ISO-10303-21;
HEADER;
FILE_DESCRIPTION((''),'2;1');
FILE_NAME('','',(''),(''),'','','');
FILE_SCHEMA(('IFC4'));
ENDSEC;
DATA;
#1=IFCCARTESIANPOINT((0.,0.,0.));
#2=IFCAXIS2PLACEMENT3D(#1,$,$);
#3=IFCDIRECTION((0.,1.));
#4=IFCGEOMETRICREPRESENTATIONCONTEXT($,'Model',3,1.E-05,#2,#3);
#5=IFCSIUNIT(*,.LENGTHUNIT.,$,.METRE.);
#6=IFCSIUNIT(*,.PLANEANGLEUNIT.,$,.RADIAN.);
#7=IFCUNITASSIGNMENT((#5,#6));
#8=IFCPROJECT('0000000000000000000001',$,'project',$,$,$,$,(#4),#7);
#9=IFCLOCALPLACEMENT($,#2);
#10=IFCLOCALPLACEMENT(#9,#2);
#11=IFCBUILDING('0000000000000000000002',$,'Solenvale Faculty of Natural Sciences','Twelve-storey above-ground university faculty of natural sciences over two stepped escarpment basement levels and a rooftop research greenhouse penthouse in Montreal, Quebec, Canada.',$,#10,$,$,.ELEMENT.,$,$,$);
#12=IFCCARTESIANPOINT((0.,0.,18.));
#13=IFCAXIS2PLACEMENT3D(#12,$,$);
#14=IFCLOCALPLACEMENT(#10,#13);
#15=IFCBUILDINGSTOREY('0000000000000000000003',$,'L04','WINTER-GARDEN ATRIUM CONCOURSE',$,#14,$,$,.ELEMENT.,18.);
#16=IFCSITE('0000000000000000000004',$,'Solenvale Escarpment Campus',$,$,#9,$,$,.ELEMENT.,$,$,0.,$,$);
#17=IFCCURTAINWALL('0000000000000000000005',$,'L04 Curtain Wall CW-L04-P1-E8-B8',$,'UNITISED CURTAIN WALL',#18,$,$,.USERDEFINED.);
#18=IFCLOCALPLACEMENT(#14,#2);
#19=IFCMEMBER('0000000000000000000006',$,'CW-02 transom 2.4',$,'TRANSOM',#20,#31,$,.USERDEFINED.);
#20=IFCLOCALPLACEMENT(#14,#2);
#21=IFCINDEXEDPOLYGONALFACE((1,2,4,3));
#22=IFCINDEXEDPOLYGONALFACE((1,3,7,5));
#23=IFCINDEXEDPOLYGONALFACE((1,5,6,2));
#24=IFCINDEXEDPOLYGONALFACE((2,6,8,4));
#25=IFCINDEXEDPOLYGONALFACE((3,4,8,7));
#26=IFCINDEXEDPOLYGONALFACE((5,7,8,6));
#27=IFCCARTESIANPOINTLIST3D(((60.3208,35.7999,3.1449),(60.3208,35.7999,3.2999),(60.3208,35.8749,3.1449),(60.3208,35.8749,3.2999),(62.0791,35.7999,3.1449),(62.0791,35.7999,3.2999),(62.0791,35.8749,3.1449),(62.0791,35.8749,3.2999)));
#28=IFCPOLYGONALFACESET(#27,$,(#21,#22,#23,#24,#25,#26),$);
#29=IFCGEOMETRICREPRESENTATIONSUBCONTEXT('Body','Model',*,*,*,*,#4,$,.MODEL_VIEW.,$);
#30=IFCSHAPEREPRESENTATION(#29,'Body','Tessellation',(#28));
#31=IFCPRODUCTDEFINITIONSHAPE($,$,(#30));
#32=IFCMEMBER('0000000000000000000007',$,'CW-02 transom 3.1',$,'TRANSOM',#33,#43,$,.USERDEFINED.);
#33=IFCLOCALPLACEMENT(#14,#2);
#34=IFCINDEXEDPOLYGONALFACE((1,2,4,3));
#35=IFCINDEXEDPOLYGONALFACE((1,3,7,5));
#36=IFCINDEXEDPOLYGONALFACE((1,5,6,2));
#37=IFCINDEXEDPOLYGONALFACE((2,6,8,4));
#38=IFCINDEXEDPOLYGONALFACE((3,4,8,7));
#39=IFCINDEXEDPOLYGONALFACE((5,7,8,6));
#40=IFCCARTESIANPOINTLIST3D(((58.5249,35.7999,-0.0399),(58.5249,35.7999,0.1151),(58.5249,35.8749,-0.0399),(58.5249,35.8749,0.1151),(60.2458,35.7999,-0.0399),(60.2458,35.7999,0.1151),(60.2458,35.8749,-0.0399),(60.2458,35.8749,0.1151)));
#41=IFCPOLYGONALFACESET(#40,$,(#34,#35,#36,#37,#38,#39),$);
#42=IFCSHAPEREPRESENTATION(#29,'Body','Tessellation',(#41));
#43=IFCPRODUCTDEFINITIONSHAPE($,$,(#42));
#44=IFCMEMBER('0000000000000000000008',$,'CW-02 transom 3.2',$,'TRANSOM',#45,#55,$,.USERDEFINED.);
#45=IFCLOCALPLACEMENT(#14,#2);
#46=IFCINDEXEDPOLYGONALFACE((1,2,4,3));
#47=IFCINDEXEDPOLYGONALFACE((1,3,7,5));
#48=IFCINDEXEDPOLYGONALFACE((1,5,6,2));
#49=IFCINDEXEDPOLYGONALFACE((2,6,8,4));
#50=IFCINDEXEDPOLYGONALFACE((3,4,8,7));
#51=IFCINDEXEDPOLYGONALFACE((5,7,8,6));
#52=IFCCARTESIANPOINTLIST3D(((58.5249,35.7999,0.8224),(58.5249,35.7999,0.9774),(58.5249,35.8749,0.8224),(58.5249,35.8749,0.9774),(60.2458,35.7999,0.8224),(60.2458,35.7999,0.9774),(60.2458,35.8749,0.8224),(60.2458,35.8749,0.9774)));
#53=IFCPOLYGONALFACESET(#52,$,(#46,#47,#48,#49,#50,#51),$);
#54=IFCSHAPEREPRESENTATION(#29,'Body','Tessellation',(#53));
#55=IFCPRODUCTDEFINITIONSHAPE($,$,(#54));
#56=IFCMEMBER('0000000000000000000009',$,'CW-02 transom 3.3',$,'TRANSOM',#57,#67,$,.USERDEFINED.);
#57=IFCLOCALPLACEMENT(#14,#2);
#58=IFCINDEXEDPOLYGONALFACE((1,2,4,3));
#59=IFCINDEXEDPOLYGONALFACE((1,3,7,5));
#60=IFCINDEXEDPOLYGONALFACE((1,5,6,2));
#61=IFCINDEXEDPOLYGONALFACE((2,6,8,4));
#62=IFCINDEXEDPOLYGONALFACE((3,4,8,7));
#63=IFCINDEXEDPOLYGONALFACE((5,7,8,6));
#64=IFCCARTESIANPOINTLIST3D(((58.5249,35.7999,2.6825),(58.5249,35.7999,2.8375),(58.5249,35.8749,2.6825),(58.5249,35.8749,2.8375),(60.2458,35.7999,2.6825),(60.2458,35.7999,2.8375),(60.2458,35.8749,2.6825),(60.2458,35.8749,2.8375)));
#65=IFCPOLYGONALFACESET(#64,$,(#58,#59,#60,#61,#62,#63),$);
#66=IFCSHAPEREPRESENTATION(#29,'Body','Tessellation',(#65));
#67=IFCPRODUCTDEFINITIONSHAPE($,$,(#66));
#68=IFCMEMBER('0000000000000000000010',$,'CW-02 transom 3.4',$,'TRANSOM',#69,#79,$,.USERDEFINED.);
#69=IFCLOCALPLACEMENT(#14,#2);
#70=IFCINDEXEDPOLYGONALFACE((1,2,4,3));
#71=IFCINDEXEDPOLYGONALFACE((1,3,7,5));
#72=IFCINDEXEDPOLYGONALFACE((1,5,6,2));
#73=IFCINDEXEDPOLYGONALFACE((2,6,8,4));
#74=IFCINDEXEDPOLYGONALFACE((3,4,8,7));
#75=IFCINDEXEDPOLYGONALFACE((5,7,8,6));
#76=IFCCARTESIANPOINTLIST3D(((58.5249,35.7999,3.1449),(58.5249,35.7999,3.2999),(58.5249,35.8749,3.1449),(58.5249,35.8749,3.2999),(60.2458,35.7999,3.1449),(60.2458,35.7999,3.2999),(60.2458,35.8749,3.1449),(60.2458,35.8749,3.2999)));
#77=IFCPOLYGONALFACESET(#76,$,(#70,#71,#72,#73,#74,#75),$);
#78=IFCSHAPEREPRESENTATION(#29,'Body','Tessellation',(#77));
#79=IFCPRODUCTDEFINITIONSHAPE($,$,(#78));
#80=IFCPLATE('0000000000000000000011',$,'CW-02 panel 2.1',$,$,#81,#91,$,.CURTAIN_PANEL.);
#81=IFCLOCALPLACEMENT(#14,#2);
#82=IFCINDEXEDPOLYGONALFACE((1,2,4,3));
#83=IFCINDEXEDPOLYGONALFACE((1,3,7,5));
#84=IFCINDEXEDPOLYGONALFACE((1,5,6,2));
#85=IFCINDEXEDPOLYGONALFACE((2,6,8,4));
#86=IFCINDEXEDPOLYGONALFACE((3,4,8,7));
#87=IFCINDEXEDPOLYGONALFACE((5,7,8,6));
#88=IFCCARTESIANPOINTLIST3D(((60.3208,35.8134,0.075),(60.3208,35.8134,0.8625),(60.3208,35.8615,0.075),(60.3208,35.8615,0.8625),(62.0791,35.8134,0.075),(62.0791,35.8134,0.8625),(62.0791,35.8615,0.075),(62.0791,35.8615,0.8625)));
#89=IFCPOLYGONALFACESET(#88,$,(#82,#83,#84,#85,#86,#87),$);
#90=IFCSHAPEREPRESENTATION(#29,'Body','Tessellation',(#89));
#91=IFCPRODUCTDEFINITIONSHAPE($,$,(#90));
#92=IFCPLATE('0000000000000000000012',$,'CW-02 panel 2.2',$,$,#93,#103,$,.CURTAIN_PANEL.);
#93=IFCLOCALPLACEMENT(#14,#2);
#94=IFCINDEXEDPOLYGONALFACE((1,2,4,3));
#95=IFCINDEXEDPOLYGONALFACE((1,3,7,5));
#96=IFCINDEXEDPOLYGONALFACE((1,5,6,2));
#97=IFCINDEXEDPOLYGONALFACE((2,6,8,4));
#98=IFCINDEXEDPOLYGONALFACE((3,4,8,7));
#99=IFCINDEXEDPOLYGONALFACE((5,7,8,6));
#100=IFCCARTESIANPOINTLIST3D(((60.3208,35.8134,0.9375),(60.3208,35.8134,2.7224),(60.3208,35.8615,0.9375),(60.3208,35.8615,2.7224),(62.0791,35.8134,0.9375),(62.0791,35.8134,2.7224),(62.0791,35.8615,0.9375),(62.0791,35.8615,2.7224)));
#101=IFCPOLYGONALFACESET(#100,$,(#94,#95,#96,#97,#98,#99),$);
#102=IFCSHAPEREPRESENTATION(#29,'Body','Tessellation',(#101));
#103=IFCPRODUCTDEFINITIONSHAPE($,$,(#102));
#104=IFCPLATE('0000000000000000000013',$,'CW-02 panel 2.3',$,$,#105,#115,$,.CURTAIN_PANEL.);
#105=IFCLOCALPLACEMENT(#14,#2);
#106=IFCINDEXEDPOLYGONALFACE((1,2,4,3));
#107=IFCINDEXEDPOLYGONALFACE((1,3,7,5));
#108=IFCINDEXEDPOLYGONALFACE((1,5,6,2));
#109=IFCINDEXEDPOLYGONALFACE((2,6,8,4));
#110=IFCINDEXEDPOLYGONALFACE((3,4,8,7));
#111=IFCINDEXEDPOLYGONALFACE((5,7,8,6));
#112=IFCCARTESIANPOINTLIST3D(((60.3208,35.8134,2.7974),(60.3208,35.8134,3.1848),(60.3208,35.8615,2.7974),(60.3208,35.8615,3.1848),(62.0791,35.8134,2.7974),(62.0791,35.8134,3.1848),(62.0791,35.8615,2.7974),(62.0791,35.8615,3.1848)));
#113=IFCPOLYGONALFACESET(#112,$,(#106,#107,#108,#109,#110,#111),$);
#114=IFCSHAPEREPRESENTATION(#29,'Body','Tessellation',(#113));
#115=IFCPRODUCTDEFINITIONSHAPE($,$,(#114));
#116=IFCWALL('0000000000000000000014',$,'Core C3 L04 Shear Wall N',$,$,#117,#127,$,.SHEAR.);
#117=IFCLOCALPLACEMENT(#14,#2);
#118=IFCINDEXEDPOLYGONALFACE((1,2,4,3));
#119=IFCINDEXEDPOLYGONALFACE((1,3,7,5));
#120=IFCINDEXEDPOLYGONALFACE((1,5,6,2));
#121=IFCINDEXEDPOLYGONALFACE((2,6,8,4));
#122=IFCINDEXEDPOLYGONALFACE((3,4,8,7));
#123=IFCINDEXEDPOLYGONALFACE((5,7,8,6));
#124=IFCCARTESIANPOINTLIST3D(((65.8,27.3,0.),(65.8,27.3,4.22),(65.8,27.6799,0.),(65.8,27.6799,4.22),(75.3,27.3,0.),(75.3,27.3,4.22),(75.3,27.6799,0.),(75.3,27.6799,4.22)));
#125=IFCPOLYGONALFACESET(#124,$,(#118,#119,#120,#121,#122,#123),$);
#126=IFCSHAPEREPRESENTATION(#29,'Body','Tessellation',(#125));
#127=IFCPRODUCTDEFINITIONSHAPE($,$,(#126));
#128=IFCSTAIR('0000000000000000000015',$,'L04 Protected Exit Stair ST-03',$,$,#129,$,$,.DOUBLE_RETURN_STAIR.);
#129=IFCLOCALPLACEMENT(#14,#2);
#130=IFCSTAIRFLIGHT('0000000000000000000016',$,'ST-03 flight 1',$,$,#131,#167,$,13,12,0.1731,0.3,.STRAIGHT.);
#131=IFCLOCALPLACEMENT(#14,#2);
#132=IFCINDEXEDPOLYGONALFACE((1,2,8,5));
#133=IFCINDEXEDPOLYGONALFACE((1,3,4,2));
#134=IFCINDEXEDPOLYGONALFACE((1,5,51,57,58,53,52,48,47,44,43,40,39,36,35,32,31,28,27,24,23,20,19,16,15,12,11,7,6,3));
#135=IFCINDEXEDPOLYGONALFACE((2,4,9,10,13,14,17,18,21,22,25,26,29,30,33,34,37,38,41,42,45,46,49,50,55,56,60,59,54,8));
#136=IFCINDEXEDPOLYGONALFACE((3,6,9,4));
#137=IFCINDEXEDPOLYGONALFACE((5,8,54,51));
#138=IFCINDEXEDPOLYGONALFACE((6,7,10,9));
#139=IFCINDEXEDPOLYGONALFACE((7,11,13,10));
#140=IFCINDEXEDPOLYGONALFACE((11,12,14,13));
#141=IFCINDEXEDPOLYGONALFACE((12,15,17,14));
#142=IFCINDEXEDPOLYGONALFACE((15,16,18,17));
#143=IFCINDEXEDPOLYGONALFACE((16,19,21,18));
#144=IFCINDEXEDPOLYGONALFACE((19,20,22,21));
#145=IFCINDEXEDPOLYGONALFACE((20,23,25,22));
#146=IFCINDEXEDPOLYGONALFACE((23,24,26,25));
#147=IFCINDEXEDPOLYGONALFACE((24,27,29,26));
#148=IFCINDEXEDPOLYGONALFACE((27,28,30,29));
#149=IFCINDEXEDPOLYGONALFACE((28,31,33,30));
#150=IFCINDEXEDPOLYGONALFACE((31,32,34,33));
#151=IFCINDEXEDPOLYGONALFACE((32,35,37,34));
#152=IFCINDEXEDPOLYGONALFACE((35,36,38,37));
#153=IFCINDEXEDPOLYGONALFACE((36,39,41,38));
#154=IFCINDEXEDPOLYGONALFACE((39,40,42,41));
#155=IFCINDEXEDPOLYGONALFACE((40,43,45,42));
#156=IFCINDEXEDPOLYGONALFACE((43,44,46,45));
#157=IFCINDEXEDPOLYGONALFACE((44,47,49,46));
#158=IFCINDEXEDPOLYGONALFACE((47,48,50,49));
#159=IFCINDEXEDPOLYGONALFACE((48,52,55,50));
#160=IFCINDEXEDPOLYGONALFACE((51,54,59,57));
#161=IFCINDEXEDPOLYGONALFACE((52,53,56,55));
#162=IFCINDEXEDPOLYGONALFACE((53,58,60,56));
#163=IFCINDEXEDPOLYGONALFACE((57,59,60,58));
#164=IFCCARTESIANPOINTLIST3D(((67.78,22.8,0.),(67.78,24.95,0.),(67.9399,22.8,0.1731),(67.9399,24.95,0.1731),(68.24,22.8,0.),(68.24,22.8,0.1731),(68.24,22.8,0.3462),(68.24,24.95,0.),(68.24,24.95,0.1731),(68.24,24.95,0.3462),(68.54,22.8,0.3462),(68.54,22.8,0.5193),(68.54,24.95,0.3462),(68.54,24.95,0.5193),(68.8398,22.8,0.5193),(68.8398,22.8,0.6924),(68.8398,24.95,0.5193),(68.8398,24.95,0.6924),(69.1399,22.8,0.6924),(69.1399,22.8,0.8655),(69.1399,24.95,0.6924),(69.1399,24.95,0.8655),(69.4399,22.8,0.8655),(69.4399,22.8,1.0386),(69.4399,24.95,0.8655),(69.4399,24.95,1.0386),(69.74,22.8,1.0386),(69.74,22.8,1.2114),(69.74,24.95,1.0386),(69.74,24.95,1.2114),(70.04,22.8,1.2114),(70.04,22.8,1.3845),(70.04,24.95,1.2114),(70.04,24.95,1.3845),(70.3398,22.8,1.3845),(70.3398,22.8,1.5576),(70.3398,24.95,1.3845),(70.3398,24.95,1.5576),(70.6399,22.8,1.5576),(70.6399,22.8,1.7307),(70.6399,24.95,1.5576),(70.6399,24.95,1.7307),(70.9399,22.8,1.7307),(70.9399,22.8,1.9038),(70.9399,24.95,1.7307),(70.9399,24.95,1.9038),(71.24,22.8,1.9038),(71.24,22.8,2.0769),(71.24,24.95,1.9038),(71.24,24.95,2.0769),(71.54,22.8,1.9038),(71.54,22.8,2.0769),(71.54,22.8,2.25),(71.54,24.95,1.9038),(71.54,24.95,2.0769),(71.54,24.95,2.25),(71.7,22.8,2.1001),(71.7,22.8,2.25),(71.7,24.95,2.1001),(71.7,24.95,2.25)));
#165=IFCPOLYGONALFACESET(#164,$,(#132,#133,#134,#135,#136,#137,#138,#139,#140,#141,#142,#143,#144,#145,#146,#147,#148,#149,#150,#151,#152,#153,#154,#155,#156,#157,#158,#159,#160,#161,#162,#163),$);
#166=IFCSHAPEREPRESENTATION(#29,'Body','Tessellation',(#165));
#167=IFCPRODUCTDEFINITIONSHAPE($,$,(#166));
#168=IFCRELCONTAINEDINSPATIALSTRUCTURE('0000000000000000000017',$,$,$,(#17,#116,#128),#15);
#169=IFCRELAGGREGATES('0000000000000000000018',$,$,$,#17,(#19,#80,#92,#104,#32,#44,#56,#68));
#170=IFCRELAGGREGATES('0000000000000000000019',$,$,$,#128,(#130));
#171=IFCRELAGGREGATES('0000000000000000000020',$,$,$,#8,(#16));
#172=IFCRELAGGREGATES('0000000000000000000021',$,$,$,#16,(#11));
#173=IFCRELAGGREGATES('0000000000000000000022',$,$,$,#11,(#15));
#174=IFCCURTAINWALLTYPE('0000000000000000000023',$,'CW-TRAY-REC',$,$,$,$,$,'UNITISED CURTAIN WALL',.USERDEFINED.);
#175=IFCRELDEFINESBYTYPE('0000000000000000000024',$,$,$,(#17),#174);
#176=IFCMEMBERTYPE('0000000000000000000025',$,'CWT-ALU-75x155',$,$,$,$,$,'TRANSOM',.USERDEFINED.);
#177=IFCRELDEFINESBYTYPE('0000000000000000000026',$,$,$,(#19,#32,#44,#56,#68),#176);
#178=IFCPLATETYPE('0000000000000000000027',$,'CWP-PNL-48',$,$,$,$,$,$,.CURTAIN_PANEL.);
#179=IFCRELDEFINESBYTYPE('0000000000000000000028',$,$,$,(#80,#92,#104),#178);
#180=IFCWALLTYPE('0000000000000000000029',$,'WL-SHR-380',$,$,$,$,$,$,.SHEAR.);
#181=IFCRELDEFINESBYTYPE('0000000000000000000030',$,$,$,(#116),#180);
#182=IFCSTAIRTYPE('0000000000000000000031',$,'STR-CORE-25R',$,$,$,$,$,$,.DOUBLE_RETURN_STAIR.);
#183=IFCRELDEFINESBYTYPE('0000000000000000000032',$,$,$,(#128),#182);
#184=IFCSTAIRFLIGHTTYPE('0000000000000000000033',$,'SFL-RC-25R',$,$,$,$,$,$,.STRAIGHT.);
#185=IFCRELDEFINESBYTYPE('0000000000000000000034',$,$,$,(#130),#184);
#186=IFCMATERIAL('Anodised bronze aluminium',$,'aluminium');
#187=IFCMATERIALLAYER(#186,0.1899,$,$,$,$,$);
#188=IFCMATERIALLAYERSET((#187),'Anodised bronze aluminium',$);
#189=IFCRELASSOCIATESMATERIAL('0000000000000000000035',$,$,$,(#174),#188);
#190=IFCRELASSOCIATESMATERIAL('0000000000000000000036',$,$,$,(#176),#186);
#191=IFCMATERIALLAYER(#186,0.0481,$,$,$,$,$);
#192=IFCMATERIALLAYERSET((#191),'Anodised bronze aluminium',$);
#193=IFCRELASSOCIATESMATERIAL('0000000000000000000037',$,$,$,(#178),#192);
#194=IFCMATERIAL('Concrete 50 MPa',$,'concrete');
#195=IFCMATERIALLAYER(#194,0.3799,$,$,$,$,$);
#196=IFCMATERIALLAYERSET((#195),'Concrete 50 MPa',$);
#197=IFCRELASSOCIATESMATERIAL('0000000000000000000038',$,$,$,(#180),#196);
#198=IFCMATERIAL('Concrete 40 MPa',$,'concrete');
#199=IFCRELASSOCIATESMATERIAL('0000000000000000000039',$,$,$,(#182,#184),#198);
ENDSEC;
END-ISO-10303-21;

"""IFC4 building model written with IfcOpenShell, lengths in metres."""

from ifc_helpers import new_model, si_unit, direction, frame, frame_2d, origin, origin_2d, place, context, subcontext, project, spatial, polyline, rectangle, outline, extrude, material, layer, layer_set, material_profile, profile_set, type_object, element, aggregate, save


model = new_model("IFC4")

# Units and contexts
model_context = context("Model", 3, precision=1e-05, world=origin(), true_north=direction((0.0, 1.0)))
body_context = subcontext(model_context, "Body", "Model", "MODEL_VIEW")
ifc_project = project(units=[si_unit("LENGTHUNIT", "METRE"), si_unit("PLANEANGLEUNIT", "RADIAN")], contexts=[model_context])

# Site, building, storey
site_placement = place(None, origin())
site = spatial("IfcSite", under=ifc_project, at=site_placement, Name="Solenvale Escarpment Campus", CompositionType="ELEMENT", RefElevation=0.0)
building_placement = place(site_placement, origin())
building = spatial("IfcBuilding", under=site, at=building_placement, Name="Solenvale Faculty of Natural Sciences", Description="Twelve-storey above-ground university faculty of natural sciences over two stepped escarpment basement levels and a rooftop research greenhouse penthouse in Montreal, Quebec, Canada.", CompositionType="ELEMENT")
storey_placement = place(building_placement, frame((0.0, 0.0, 18.0)))
storey = spatial("IfcBuildingStorey", under=building, at=storey_placement, Name="L04", Description="WINTER-GARDEN ATRIUM CONCOURSE", CompositionType="ELEMENT", Elevation=18.0)

# Shared definitions
ifc_material_1 = material(Name="Concrete 50 MPa", Category="concrete")

# Shared definitions
ifc_material_2 = material(Name="Concrete 40 MPa", Category="concrete")

# Curtain wall, members, plates
ifc_material_3 = material(Name="Anodised bronze aluminium", Category="aluminium")
ifc_layer_1 = layer(ifc_material_3, 0.1899)
ifc_layer_set_1 = layer_set([ifc_layer_1], Name="Anodised bronze aluminium")
curtain_wall_type = type_object("IfcCurtainWallType", Name="CW-TRAY-REC", ElementType="UNITISED CURTAIN WALL", PredefinedType="USERDEFINED", material=ifc_layer_set_1)
curtain_wall_placement = place(storey_placement, origin())
curtain_wall = element("IfcCurtainWall", 1, at=curtain_wall_placement, inside=storey, type_object=curtain_wall_type, Name="L04 Curtain Wall CW-L04-P1-E8-B8", ObjectType="UNITISED CURTAIN WALL", PredefinedType="USERDEFINED")
ifc_material_profile_1 = material_profile(ifc_material_3, rectangle(XDim=0.075, YDim=0.155, at=origin_2d()), Name="ALU-TRN-75x155")
ifc_profile_set_1 = profile_set([ifc_material_profile_1], Name="Anodised bronze aluminium")
member_type_1 = type_object("IfcMemberType", Name="CWT-ALU-75x155", ElementType="TRANSOM", PredefinedType="USERDEFINED", material=ifc_profile_set_1)
member_1_placement = place(storey_placement, frame((62.0791, 35.8374, 3.2224), z_axis=(-1.0, 0.0, 0.0), x_axis=(0.0, -1.0, 0.0)))
member_1 = element("IfcMember", 2, at=member_1_placement, type_object=member_type_1, Name="CW-02 transom 2.4", ObjectType="TRANSOM", PredefinedType="USERDEFINED", context=body_context, shape_type="SweptSolid", body=[
    extrude(rectangle(XDim=0.075, YDim=0.155, at=origin_2d()), origin(), (0.0, 0.0, 1.0), 1.7583),
])
member_2_placement = place(storey_placement, frame((60.2458, 35.8374, 0.0376), z_axis=(-1.0, 0.0, 0.0), x_axis=(0.0, -1.0, 0.0)))
member_2 = element("IfcMember", 3, at=member_2_placement, type_object=member_type_1, Name="CW-02 transom 3.1", ObjectType="TRANSOM", PredefinedType="USERDEFINED", context=body_context, shape_type="SweptSolid", body=[
    extrude(rectangle(XDim=0.075, YDim=0.155, at=origin_2d()), origin(), (0.0, 0.0, 1.0), 1.7209),
])
member_3_placement = place(storey_placement, frame((60.2458, 35.8374, 0.8999), z_axis=(-1.0, 0.0, 0.0), x_axis=(0.0, -1.0, 0.0)))
member_3 = element("IfcMember", 4, at=member_3_placement, type_object=member_type_1, Name="CW-02 transom 3.2", ObjectType="TRANSOM", PredefinedType="USERDEFINED", context=body_context, shape_type="SweptSolid", body=[
    extrude(rectangle(XDim=0.075, YDim=0.155, at=origin_2d()), origin(), (0.0, 0.0, 1.0), 1.7209),
])
member_4_placement = place(storey_placement, frame((60.2458, 35.8374, 2.76), z_axis=(-1.0, 0.0, 0.0), x_axis=(0.0, -1.0, 0.0)))
member_4 = element("IfcMember", 5, at=member_4_placement, type_object=member_type_1, Name="CW-02 transom 3.3", ObjectType="TRANSOM", PredefinedType="USERDEFINED", context=body_context, shape_type="SweptSolid", body=[
    extrude(rectangle(XDim=0.075, YDim=0.155, at=origin_2d()), origin(), (0.0, 0.0, 1.0), 1.7209),
])
member_5_placement = place(storey_placement, frame((60.2458, 35.8374, 3.2224), z_axis=(-1.0, 0.0, 0.0), x_axis=(0.0, -1.0, 0.0)))
member_5 = element("IfcMember", 6, at=member_5_placement, type_object=member_type_1, Name="CW-02 transom 3.4", ObjectType="TRANSOM", PredefinedType="USERDEFINED", context=body_context, shape_type="SweptSolid", body=[
    extrude(rectangle(XDim=0.075, YDim=0.155, at=origin_2d()), origin(), (0.0, 0.0, 1.0), 1.7209),
])
ifc_layer_2 = layer(ifc_material_3, 0.0481)
ifc_layer_set_2 = layer_set([ifc_layer_2], Name="Anodised bronze aluminium")
plate_type = type_object("IfcPlateType", Name="CWP-PNL-48", PredefinedType="CURTAIN_PANEL", material=ifc_layer_set_2)
plate_1_placement = place(storey_placement, frame((61.2, 35.8374, 0.075), z_axis=(0.0, 0.0, 1.0), x_axis=(-1.0, 0.0, 0.0)))
plate_1 = element("IfcPlate", 7, at=plate_1_placement, type_object=plate_type, Name="CW-02 panel 2.1", PredefinedType="CURTAIN_PANEL", context=body_context, shape_type="SweptSolid", body=[
    extrude(rectangle(XDim=1.7583, YDim=0.0481, at=origin_2d()), origin(), (0.0, 0.0, 1.0), 0.7876),
])
plate_2_placement = place(storey_placement, frame((61.2, 35.8374, 0.9375), z_axis=(0.0, 0.0, 1.0), x_axis=(-1.0, 0.0, 0.0)))
plate_2 = element("IfcPlate", 8, at=plate_2_placement, type_object=plate_type, Name="CW-02 panel 2.2", PredefinedType="CURTAIN_PANEL", context=body_context, shape_type="SweptSolid", body=[
    extrude(rectangle(XDim=1.7583, YDim=0.0481, at=origin_2d()), origin(), (0.0, 0.0, 1.0), 1.7849),
])
plate_3_placement = place(storey_placement, frame((61.2, 35.8374, 2.7974), z_axis=(0.0, 0.0, 1.0), x_axis=(-1.0, 0.0, 0.0)))
plate_3 = element("IfcPlate", 9, at=plate_3_placement, type_object=plate_type, Name="CW-02 panel 2.3", PredefinedType="CURTAIN_PANEL", context=body_context, shape_type="SweptSolid", body=[
    extrude(rectangle(XDim=1.7583, YDim=0.0481, at=origin_2d()), origin(), (0.0, 0.0, 1.0), 0.3875),
])
aggregate(curtain_wall, [member_1, plate_1, plate_2, plate_3, member_2, member_3, member_4, member_5])

# Wall
ifc_layer_3 = layer(ifc_material_1, 0.3799)
ifc_layer_set_3 = layer_set([ifc_layer_3], Name="Concrete 50 MPa")
wall_type = type_object("IfcWallType", Name="WL-SHR-380", PredefinedType="SHEAR", material=ifc_layer_set_3)
wall_1_placement = place(storey_placement, frame((65.8, 27.49, 0.0), z_axis=(0.0, 0.0, 1.0), x_axis=(1.0, 0.0, 0.0)))
element("IfcWall", 10, at=wall_1_placement, inside=storey, type_object=wall_type, Name="Core C3 L04 Shear Wall N", PredefinedType="SHEAR", context=body_context, shape_type="SweptSolid", body=[
    extrude(rectangle(XDim=9.5, YDim=0.3799, at=frame_2d((4.75, 0.0))), origin(), (0.0, 0.0, 1.0), 4.22),
])

# Stair, stair flight
stair_type = type_object("IfcStairType", Name="STR-CORE-25R", PredefinedType="DOUBLE_RETURN_STAIR", material=ifc_material_2)
stair_placement = place(storey_placement, origin())
stair = element("IfcStair", 11, at=stair_placement, inside=storey, type_object=stair_type, Name="L04 Protected Exit Stair ST-03", PredefinedType="DOUBLE_RETURN_STAIR")
stair_flight_type = type_object("IfcStairFlightType", Name="SFL-RC-25R", PredefinedType="STRAIGHT", material=ifc_material_2)
stair_flight_placement = place(storey_placement, frame((67.9399, 23.875, 0.0), z_axis=(0.0, 0.0, 1.0), x_axis=(1.0, 0.0, 0.0)))
stair_flight = element("IfcStairFlight", 12, at=stair_flight_placement, type_object=stair_flight_type, Name="ST-03 flight 1", NumberOfRisers=13, NumberOfTreads=12, PredefinedType="STRAIGHT", RiserHeight=0.1731, TreadLength=0.3, context=body_context, shape_type="SweptSolid", body=[
    extrude(outline(polyline([(-0.1599, 0.0), (0.0, 0.1731), (0.3, 0.1731), (0.3, 0.3462), (0.6001, 0.3462), (0.6001, 0.5193), (0.8999, 0.5193), (0.8999, 0.6924), (1.2, 0.6924), (1.2, 0.8655), (1.5, 0.8655), (1.5, 1.0386), (1.8, 1.0386), (1.8, 1.2114), (2.1001, 1.2114), (2.1001, 1.3845), (2.3999, 1.3845), (2.3999, 1.5576), (2.7, 1.5576), (2.7, 1.7307), (3.0, 1.7307), (3.0, 1.9038), (3.3, 1.9038), (3.3, 2.0769), (3.6001, 2.0769), (3.6001, 2.25), (3.76, 2.25), (3.76, 2.1001), (3.6001, 1.9038), (0.3, 0.0), (-0.1599, 0.0)])), frame((0.0, 1.075, 0.0), z_axis=(0.0, -1.0, 0.0), x_axis=(1.0, 0.0, 0.0)), (0.0, 0.0, 1.0), 2.1499),
])
aggregate(stair, [stair_flight])

save(model, "model.ifc")
